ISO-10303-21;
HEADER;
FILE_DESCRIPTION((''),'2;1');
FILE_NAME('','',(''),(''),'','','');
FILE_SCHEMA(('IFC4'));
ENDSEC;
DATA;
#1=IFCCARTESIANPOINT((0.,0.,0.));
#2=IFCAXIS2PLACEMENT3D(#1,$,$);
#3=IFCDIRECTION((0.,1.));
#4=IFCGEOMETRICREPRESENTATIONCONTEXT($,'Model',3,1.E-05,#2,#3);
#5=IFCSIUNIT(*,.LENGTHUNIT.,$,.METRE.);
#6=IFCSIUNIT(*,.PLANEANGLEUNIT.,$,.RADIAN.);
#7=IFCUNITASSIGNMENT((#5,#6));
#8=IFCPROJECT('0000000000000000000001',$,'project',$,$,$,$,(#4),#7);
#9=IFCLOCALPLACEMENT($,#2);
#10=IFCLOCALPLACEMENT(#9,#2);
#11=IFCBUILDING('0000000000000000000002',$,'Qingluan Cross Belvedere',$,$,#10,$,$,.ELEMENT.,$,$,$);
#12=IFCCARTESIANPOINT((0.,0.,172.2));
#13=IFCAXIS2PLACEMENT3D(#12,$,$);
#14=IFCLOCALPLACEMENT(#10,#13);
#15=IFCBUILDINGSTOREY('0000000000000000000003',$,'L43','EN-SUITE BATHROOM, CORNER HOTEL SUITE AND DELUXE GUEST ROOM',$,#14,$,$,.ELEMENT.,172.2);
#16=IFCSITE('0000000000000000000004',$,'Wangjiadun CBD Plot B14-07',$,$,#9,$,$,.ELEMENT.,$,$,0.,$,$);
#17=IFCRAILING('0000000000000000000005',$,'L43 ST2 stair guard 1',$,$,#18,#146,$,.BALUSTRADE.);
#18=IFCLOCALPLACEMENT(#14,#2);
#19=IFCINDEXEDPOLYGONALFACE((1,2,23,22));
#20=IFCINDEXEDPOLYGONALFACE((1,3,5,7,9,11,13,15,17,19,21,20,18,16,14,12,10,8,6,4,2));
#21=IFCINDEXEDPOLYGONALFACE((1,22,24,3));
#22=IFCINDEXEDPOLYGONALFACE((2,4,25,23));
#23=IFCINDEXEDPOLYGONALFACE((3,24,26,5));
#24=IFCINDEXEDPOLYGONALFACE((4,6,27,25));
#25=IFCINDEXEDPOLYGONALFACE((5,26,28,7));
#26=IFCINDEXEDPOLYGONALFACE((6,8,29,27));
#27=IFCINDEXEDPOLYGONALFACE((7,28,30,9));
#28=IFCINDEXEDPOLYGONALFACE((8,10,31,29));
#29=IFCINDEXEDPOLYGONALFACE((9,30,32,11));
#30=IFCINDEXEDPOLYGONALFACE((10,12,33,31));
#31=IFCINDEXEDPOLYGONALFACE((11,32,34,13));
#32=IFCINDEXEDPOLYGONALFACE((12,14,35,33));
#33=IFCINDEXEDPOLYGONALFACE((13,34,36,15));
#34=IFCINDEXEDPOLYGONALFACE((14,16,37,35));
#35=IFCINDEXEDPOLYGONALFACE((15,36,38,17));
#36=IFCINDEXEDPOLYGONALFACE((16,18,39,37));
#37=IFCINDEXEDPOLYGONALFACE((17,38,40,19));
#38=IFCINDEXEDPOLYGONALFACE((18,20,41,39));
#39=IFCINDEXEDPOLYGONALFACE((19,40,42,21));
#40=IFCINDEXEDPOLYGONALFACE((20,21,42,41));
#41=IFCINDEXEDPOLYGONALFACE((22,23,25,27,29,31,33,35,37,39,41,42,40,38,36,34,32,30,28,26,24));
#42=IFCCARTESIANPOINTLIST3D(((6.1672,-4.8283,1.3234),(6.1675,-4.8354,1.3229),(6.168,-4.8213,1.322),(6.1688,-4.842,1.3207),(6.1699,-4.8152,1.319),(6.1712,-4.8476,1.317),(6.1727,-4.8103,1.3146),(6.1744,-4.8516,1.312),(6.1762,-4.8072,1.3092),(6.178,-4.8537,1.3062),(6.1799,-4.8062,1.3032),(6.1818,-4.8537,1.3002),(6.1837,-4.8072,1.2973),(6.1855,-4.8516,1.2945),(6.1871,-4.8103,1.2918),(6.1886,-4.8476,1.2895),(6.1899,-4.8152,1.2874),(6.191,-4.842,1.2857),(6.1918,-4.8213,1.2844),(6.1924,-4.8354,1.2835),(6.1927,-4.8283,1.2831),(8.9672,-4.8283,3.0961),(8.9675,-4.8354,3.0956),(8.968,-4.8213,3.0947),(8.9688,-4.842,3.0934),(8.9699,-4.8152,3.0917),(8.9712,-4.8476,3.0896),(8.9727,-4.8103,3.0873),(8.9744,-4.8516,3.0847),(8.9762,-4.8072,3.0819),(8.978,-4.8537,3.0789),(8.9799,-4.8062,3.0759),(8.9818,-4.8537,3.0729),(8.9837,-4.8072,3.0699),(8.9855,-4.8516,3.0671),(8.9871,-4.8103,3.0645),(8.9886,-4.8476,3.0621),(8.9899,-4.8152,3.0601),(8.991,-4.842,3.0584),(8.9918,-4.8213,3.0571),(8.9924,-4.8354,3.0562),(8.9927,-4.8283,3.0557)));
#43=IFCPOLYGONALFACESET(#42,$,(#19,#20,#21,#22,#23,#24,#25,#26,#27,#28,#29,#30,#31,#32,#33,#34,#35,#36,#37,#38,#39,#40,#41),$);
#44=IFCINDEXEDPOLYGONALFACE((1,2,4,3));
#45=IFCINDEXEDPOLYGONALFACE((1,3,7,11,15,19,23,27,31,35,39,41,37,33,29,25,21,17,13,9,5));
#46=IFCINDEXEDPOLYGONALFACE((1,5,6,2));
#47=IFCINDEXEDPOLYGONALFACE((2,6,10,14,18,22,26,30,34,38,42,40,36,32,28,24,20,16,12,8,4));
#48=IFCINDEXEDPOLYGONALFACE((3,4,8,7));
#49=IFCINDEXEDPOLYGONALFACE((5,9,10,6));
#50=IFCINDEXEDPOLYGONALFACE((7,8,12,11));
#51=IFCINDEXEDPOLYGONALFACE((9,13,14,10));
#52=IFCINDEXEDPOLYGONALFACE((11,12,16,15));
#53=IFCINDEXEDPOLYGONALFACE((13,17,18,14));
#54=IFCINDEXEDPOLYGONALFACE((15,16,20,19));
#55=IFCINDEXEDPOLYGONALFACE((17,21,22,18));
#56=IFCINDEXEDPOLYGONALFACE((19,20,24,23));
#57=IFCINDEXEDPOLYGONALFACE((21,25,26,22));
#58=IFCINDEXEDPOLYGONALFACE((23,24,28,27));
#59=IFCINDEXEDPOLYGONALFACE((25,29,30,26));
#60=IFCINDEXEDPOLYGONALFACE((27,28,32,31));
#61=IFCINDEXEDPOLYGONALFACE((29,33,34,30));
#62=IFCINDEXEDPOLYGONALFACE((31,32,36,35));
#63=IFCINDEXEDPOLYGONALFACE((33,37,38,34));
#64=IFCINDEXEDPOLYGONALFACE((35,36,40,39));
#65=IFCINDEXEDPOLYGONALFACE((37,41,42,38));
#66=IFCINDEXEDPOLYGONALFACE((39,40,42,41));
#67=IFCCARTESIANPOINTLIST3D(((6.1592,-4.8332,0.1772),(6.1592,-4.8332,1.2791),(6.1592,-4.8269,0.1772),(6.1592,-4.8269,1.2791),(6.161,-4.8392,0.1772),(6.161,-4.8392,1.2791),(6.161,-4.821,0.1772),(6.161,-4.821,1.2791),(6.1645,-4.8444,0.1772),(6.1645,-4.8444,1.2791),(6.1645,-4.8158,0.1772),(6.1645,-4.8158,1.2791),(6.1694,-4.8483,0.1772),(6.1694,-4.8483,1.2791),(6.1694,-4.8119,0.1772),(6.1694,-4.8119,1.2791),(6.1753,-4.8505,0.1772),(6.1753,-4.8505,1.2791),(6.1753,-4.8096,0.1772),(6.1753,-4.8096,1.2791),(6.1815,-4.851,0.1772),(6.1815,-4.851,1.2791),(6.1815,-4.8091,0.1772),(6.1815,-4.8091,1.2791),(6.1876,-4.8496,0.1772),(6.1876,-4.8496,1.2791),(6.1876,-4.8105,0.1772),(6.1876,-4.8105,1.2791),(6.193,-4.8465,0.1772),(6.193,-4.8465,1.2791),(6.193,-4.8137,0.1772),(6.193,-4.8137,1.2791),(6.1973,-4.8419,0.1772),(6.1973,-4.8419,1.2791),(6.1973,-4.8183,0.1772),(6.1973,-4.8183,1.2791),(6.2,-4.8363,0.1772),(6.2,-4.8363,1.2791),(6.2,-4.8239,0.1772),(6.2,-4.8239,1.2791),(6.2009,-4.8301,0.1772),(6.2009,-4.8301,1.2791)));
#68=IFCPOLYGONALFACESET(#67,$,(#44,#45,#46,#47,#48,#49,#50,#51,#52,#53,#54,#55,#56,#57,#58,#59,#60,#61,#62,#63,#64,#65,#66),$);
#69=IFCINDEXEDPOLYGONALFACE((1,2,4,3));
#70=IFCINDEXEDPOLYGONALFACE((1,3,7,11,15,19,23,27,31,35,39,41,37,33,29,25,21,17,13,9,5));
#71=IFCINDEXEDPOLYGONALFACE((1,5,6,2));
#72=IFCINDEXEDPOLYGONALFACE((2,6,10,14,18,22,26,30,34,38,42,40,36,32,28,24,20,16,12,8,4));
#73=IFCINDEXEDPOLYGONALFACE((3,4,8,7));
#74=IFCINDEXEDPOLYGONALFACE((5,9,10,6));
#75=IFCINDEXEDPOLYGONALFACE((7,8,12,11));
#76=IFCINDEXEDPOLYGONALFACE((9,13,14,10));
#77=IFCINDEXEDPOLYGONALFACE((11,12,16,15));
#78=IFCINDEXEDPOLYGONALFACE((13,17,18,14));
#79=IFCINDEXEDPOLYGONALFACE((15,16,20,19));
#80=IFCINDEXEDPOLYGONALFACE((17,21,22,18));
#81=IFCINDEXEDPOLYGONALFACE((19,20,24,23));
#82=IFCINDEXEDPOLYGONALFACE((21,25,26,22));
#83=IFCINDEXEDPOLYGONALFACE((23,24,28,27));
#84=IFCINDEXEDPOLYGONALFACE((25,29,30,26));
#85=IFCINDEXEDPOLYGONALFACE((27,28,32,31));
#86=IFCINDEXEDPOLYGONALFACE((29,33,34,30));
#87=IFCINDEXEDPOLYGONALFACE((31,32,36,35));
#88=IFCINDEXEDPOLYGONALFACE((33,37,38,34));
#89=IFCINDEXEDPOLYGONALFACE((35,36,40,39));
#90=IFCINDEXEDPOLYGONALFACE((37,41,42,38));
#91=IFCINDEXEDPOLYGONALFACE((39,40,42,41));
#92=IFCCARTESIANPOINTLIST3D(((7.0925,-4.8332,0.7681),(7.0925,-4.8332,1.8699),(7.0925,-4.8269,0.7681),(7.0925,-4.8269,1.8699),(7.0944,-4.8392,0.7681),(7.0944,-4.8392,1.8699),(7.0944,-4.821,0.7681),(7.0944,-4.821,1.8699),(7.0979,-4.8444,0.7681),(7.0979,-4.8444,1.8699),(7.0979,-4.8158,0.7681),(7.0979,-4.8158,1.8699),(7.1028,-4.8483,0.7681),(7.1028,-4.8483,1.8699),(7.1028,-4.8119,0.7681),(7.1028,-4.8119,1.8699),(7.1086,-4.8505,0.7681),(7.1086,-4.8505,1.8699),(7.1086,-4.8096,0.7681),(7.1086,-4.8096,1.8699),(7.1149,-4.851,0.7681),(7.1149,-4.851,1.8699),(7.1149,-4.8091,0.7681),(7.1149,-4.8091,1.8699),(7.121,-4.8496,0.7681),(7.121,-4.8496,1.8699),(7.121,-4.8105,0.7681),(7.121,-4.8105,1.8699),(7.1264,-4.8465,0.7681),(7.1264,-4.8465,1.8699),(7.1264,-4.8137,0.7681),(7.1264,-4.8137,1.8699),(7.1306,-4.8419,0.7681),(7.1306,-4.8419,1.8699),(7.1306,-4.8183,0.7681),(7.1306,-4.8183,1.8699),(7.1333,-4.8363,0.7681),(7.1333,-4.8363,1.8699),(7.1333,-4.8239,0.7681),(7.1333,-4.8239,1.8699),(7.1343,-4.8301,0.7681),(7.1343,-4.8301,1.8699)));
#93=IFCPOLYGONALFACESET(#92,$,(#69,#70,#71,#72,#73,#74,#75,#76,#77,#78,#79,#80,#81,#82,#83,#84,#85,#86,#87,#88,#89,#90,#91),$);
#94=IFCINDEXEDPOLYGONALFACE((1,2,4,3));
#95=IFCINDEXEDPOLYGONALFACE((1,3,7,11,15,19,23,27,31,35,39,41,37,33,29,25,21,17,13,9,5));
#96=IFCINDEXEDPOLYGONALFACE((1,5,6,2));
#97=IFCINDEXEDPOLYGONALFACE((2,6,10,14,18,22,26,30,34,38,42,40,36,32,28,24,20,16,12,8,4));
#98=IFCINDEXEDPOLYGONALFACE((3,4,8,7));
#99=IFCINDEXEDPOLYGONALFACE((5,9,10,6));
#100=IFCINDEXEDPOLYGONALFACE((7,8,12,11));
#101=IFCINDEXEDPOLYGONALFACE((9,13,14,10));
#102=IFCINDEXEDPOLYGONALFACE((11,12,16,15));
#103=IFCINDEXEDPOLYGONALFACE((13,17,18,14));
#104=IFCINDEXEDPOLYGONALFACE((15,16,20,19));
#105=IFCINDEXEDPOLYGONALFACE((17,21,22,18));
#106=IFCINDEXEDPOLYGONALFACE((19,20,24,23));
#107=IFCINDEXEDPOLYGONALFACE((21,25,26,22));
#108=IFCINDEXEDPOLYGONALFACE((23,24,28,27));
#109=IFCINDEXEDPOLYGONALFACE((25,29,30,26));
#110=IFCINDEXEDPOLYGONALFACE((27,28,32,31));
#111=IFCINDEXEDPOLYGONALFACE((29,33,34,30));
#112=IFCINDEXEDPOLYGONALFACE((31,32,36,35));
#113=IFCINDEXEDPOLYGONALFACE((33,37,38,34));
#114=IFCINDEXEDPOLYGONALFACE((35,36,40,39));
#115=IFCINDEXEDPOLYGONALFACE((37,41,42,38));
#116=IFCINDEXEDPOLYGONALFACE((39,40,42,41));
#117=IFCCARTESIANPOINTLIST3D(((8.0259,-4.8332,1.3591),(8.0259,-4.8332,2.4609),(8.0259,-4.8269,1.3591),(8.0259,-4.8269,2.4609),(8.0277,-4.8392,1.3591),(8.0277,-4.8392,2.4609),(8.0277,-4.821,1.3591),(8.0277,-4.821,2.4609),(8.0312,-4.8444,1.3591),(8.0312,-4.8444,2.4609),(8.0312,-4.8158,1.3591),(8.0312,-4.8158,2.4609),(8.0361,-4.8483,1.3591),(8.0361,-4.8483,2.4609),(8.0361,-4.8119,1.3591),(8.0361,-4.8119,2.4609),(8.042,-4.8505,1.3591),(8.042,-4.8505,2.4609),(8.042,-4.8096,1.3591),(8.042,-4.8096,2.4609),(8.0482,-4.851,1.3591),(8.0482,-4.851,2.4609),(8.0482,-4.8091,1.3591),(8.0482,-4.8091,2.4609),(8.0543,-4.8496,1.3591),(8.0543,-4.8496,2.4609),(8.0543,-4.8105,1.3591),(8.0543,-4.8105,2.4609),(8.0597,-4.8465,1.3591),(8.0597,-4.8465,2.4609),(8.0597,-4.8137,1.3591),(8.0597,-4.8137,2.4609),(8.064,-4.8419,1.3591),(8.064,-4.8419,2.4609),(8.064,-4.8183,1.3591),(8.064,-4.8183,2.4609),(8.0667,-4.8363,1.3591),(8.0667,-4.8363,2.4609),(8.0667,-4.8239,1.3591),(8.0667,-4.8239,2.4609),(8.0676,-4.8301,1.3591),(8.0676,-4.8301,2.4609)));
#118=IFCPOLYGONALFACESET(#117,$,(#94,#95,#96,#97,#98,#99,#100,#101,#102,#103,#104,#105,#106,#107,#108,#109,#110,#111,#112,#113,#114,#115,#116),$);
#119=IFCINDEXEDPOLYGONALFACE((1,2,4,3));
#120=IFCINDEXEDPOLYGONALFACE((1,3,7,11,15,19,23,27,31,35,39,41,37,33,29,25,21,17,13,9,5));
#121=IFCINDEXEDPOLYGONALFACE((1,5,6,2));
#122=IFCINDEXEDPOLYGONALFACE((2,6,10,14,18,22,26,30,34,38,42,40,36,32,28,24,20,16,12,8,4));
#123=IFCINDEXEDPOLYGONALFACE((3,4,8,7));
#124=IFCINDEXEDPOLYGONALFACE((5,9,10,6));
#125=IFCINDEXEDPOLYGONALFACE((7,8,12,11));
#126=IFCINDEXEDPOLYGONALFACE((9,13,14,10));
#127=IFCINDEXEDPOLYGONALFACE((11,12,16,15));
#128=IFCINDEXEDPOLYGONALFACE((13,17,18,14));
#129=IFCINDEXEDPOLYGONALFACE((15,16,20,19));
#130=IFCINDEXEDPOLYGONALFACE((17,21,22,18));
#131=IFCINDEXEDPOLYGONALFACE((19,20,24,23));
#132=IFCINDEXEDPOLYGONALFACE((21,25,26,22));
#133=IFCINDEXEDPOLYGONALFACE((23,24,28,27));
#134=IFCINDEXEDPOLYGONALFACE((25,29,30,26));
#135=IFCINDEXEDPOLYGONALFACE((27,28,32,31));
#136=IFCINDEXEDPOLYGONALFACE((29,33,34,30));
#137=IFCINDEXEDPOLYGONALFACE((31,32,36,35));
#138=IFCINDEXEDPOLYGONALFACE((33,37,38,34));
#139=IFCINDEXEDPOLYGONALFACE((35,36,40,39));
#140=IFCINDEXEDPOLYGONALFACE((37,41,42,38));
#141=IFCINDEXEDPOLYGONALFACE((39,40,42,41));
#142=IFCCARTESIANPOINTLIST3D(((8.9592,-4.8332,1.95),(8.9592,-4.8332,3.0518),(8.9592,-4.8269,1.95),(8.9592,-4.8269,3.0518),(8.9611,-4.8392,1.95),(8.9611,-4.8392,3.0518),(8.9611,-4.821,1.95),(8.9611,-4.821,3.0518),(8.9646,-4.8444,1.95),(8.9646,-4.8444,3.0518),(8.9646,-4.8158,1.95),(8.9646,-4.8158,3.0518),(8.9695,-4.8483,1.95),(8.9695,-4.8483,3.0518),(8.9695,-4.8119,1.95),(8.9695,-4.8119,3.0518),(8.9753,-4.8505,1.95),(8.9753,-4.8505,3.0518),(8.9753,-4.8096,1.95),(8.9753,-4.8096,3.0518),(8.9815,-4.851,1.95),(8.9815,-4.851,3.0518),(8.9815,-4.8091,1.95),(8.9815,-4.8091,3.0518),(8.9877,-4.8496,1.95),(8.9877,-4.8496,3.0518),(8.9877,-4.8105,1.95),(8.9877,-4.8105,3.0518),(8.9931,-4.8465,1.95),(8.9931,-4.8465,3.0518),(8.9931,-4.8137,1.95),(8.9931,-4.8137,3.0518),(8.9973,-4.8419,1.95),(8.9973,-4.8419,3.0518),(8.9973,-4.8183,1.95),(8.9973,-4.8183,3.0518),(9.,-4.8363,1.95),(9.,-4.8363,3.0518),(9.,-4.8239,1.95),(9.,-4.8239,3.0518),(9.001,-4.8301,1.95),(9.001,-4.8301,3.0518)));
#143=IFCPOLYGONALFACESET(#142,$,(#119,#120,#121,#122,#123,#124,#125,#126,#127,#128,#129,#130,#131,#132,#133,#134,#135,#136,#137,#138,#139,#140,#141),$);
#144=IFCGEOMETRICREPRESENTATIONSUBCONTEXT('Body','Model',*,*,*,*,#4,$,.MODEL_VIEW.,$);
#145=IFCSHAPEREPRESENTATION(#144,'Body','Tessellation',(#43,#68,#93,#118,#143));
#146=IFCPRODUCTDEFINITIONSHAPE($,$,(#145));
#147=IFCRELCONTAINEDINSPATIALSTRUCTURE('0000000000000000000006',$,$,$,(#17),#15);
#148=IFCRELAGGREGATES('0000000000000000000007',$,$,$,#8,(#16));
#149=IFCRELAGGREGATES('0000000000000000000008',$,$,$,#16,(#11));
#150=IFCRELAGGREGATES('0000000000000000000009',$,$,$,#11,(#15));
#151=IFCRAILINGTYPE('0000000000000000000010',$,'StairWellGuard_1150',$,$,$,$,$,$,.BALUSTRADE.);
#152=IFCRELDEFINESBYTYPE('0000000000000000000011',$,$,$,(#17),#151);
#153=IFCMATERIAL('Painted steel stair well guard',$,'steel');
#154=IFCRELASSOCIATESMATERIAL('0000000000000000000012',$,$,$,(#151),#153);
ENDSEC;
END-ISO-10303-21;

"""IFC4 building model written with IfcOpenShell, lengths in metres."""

from ifc_helpers import new_model, si_unit, direction, frame, origin, origin_2d, place, context, subcontext, project, spatial, circle, extrude, material, type_object, element, save


model = new_model("IFC4")

# Units and contexts
model_context = context("Model", 3, precision=1e-05, world=origin(), true_north=direction((0.0, 1.0)))
body_context = subcontext(model_context, "Body", "Model", "MODEL_VIEW")
ifc_project = project(units=[si_unit("LENGTHUNIT", "METRE"), si_unit("PLANEANGLEUNIT", "RADIAN")], contexts=[model_context])

# Site, building, storey
site_placement = place(None, origin())
site = spatial("IfcSite", under=ifc_project, at=site_placement, Name="Wangjiadun CBD Plot B14-07", CompositionType="ELEMENT", RefElevation=0.0)
building_placement = place(site_placement, origin())
building = spatial("IfcBuilding", under=site, at=building_placement, Name="Qingluan Cross Belvedere", CompositionType="ELEMENT")
storey_placement = place(building_placement, frame((0.0, 0.0, 172.2)))
storey = spatial("IfcBuildingStorey", under=building, at=storey_placement, Name="L43", Description="EN-SUITE BATHROOM, CORNER HOTEL SUITE AND DELUXE GUEST ROOM", CompositionType="ELEMENT", Elevation=172.2)

# Railing
ifc_material_1 = material(Name="Painted steel stair well guard", Category="steel")
railing_type_1 = type_object("IfcRailingType", Name="StairWellGuard_1150", PredefinedType="BALUSTRADE", material=ifc_material_1)
railing_1_placement = place(storey_placement, frame((6.1799, -4.8301, 0.1772)))
element("IfcRailing", 1, at=railing_1_placement, inside=storey, type_object=railing_type_1, Name="L43 ST2 stair guard 1", PredefinedType="BALUSTRADE", context=body_context, shape_type="SweptSolid", body=[
    extrude(circle(Radius=0.0239, at=origin_2d()), frame((0.0, 0.0, 1.126), z_axis=(0.844909, 0.0, 0.53491), x_axis=(0.0, 1.0, 0.0)), (0.0, 0.0, 1.0), 3.314),
    extrude(circle(Radius=0.021, at=origin_2d()), origin(), (0.0, 0.0, 1.0), 1.1018),
    extrude(circle(Radius=0.021, at=origin_2d()), frame((0.9333, 0.0, 0.5908)), (0.0, 0.0, 1.0), 1.1018),
    extrude(circle(Radius=0.021, at=origin_2d()), frame((1.8667, 0.0, 1.1819)), (0.0, 0.0, 1.0), 1.1018),
    extrude(circle(Radius=0.021, at=origin_2d()), frame((2.8, 0.0, 1.7727)), (0.0, 0.0, 1.0), 1.1018),
])

save(model, "model.ifc")
